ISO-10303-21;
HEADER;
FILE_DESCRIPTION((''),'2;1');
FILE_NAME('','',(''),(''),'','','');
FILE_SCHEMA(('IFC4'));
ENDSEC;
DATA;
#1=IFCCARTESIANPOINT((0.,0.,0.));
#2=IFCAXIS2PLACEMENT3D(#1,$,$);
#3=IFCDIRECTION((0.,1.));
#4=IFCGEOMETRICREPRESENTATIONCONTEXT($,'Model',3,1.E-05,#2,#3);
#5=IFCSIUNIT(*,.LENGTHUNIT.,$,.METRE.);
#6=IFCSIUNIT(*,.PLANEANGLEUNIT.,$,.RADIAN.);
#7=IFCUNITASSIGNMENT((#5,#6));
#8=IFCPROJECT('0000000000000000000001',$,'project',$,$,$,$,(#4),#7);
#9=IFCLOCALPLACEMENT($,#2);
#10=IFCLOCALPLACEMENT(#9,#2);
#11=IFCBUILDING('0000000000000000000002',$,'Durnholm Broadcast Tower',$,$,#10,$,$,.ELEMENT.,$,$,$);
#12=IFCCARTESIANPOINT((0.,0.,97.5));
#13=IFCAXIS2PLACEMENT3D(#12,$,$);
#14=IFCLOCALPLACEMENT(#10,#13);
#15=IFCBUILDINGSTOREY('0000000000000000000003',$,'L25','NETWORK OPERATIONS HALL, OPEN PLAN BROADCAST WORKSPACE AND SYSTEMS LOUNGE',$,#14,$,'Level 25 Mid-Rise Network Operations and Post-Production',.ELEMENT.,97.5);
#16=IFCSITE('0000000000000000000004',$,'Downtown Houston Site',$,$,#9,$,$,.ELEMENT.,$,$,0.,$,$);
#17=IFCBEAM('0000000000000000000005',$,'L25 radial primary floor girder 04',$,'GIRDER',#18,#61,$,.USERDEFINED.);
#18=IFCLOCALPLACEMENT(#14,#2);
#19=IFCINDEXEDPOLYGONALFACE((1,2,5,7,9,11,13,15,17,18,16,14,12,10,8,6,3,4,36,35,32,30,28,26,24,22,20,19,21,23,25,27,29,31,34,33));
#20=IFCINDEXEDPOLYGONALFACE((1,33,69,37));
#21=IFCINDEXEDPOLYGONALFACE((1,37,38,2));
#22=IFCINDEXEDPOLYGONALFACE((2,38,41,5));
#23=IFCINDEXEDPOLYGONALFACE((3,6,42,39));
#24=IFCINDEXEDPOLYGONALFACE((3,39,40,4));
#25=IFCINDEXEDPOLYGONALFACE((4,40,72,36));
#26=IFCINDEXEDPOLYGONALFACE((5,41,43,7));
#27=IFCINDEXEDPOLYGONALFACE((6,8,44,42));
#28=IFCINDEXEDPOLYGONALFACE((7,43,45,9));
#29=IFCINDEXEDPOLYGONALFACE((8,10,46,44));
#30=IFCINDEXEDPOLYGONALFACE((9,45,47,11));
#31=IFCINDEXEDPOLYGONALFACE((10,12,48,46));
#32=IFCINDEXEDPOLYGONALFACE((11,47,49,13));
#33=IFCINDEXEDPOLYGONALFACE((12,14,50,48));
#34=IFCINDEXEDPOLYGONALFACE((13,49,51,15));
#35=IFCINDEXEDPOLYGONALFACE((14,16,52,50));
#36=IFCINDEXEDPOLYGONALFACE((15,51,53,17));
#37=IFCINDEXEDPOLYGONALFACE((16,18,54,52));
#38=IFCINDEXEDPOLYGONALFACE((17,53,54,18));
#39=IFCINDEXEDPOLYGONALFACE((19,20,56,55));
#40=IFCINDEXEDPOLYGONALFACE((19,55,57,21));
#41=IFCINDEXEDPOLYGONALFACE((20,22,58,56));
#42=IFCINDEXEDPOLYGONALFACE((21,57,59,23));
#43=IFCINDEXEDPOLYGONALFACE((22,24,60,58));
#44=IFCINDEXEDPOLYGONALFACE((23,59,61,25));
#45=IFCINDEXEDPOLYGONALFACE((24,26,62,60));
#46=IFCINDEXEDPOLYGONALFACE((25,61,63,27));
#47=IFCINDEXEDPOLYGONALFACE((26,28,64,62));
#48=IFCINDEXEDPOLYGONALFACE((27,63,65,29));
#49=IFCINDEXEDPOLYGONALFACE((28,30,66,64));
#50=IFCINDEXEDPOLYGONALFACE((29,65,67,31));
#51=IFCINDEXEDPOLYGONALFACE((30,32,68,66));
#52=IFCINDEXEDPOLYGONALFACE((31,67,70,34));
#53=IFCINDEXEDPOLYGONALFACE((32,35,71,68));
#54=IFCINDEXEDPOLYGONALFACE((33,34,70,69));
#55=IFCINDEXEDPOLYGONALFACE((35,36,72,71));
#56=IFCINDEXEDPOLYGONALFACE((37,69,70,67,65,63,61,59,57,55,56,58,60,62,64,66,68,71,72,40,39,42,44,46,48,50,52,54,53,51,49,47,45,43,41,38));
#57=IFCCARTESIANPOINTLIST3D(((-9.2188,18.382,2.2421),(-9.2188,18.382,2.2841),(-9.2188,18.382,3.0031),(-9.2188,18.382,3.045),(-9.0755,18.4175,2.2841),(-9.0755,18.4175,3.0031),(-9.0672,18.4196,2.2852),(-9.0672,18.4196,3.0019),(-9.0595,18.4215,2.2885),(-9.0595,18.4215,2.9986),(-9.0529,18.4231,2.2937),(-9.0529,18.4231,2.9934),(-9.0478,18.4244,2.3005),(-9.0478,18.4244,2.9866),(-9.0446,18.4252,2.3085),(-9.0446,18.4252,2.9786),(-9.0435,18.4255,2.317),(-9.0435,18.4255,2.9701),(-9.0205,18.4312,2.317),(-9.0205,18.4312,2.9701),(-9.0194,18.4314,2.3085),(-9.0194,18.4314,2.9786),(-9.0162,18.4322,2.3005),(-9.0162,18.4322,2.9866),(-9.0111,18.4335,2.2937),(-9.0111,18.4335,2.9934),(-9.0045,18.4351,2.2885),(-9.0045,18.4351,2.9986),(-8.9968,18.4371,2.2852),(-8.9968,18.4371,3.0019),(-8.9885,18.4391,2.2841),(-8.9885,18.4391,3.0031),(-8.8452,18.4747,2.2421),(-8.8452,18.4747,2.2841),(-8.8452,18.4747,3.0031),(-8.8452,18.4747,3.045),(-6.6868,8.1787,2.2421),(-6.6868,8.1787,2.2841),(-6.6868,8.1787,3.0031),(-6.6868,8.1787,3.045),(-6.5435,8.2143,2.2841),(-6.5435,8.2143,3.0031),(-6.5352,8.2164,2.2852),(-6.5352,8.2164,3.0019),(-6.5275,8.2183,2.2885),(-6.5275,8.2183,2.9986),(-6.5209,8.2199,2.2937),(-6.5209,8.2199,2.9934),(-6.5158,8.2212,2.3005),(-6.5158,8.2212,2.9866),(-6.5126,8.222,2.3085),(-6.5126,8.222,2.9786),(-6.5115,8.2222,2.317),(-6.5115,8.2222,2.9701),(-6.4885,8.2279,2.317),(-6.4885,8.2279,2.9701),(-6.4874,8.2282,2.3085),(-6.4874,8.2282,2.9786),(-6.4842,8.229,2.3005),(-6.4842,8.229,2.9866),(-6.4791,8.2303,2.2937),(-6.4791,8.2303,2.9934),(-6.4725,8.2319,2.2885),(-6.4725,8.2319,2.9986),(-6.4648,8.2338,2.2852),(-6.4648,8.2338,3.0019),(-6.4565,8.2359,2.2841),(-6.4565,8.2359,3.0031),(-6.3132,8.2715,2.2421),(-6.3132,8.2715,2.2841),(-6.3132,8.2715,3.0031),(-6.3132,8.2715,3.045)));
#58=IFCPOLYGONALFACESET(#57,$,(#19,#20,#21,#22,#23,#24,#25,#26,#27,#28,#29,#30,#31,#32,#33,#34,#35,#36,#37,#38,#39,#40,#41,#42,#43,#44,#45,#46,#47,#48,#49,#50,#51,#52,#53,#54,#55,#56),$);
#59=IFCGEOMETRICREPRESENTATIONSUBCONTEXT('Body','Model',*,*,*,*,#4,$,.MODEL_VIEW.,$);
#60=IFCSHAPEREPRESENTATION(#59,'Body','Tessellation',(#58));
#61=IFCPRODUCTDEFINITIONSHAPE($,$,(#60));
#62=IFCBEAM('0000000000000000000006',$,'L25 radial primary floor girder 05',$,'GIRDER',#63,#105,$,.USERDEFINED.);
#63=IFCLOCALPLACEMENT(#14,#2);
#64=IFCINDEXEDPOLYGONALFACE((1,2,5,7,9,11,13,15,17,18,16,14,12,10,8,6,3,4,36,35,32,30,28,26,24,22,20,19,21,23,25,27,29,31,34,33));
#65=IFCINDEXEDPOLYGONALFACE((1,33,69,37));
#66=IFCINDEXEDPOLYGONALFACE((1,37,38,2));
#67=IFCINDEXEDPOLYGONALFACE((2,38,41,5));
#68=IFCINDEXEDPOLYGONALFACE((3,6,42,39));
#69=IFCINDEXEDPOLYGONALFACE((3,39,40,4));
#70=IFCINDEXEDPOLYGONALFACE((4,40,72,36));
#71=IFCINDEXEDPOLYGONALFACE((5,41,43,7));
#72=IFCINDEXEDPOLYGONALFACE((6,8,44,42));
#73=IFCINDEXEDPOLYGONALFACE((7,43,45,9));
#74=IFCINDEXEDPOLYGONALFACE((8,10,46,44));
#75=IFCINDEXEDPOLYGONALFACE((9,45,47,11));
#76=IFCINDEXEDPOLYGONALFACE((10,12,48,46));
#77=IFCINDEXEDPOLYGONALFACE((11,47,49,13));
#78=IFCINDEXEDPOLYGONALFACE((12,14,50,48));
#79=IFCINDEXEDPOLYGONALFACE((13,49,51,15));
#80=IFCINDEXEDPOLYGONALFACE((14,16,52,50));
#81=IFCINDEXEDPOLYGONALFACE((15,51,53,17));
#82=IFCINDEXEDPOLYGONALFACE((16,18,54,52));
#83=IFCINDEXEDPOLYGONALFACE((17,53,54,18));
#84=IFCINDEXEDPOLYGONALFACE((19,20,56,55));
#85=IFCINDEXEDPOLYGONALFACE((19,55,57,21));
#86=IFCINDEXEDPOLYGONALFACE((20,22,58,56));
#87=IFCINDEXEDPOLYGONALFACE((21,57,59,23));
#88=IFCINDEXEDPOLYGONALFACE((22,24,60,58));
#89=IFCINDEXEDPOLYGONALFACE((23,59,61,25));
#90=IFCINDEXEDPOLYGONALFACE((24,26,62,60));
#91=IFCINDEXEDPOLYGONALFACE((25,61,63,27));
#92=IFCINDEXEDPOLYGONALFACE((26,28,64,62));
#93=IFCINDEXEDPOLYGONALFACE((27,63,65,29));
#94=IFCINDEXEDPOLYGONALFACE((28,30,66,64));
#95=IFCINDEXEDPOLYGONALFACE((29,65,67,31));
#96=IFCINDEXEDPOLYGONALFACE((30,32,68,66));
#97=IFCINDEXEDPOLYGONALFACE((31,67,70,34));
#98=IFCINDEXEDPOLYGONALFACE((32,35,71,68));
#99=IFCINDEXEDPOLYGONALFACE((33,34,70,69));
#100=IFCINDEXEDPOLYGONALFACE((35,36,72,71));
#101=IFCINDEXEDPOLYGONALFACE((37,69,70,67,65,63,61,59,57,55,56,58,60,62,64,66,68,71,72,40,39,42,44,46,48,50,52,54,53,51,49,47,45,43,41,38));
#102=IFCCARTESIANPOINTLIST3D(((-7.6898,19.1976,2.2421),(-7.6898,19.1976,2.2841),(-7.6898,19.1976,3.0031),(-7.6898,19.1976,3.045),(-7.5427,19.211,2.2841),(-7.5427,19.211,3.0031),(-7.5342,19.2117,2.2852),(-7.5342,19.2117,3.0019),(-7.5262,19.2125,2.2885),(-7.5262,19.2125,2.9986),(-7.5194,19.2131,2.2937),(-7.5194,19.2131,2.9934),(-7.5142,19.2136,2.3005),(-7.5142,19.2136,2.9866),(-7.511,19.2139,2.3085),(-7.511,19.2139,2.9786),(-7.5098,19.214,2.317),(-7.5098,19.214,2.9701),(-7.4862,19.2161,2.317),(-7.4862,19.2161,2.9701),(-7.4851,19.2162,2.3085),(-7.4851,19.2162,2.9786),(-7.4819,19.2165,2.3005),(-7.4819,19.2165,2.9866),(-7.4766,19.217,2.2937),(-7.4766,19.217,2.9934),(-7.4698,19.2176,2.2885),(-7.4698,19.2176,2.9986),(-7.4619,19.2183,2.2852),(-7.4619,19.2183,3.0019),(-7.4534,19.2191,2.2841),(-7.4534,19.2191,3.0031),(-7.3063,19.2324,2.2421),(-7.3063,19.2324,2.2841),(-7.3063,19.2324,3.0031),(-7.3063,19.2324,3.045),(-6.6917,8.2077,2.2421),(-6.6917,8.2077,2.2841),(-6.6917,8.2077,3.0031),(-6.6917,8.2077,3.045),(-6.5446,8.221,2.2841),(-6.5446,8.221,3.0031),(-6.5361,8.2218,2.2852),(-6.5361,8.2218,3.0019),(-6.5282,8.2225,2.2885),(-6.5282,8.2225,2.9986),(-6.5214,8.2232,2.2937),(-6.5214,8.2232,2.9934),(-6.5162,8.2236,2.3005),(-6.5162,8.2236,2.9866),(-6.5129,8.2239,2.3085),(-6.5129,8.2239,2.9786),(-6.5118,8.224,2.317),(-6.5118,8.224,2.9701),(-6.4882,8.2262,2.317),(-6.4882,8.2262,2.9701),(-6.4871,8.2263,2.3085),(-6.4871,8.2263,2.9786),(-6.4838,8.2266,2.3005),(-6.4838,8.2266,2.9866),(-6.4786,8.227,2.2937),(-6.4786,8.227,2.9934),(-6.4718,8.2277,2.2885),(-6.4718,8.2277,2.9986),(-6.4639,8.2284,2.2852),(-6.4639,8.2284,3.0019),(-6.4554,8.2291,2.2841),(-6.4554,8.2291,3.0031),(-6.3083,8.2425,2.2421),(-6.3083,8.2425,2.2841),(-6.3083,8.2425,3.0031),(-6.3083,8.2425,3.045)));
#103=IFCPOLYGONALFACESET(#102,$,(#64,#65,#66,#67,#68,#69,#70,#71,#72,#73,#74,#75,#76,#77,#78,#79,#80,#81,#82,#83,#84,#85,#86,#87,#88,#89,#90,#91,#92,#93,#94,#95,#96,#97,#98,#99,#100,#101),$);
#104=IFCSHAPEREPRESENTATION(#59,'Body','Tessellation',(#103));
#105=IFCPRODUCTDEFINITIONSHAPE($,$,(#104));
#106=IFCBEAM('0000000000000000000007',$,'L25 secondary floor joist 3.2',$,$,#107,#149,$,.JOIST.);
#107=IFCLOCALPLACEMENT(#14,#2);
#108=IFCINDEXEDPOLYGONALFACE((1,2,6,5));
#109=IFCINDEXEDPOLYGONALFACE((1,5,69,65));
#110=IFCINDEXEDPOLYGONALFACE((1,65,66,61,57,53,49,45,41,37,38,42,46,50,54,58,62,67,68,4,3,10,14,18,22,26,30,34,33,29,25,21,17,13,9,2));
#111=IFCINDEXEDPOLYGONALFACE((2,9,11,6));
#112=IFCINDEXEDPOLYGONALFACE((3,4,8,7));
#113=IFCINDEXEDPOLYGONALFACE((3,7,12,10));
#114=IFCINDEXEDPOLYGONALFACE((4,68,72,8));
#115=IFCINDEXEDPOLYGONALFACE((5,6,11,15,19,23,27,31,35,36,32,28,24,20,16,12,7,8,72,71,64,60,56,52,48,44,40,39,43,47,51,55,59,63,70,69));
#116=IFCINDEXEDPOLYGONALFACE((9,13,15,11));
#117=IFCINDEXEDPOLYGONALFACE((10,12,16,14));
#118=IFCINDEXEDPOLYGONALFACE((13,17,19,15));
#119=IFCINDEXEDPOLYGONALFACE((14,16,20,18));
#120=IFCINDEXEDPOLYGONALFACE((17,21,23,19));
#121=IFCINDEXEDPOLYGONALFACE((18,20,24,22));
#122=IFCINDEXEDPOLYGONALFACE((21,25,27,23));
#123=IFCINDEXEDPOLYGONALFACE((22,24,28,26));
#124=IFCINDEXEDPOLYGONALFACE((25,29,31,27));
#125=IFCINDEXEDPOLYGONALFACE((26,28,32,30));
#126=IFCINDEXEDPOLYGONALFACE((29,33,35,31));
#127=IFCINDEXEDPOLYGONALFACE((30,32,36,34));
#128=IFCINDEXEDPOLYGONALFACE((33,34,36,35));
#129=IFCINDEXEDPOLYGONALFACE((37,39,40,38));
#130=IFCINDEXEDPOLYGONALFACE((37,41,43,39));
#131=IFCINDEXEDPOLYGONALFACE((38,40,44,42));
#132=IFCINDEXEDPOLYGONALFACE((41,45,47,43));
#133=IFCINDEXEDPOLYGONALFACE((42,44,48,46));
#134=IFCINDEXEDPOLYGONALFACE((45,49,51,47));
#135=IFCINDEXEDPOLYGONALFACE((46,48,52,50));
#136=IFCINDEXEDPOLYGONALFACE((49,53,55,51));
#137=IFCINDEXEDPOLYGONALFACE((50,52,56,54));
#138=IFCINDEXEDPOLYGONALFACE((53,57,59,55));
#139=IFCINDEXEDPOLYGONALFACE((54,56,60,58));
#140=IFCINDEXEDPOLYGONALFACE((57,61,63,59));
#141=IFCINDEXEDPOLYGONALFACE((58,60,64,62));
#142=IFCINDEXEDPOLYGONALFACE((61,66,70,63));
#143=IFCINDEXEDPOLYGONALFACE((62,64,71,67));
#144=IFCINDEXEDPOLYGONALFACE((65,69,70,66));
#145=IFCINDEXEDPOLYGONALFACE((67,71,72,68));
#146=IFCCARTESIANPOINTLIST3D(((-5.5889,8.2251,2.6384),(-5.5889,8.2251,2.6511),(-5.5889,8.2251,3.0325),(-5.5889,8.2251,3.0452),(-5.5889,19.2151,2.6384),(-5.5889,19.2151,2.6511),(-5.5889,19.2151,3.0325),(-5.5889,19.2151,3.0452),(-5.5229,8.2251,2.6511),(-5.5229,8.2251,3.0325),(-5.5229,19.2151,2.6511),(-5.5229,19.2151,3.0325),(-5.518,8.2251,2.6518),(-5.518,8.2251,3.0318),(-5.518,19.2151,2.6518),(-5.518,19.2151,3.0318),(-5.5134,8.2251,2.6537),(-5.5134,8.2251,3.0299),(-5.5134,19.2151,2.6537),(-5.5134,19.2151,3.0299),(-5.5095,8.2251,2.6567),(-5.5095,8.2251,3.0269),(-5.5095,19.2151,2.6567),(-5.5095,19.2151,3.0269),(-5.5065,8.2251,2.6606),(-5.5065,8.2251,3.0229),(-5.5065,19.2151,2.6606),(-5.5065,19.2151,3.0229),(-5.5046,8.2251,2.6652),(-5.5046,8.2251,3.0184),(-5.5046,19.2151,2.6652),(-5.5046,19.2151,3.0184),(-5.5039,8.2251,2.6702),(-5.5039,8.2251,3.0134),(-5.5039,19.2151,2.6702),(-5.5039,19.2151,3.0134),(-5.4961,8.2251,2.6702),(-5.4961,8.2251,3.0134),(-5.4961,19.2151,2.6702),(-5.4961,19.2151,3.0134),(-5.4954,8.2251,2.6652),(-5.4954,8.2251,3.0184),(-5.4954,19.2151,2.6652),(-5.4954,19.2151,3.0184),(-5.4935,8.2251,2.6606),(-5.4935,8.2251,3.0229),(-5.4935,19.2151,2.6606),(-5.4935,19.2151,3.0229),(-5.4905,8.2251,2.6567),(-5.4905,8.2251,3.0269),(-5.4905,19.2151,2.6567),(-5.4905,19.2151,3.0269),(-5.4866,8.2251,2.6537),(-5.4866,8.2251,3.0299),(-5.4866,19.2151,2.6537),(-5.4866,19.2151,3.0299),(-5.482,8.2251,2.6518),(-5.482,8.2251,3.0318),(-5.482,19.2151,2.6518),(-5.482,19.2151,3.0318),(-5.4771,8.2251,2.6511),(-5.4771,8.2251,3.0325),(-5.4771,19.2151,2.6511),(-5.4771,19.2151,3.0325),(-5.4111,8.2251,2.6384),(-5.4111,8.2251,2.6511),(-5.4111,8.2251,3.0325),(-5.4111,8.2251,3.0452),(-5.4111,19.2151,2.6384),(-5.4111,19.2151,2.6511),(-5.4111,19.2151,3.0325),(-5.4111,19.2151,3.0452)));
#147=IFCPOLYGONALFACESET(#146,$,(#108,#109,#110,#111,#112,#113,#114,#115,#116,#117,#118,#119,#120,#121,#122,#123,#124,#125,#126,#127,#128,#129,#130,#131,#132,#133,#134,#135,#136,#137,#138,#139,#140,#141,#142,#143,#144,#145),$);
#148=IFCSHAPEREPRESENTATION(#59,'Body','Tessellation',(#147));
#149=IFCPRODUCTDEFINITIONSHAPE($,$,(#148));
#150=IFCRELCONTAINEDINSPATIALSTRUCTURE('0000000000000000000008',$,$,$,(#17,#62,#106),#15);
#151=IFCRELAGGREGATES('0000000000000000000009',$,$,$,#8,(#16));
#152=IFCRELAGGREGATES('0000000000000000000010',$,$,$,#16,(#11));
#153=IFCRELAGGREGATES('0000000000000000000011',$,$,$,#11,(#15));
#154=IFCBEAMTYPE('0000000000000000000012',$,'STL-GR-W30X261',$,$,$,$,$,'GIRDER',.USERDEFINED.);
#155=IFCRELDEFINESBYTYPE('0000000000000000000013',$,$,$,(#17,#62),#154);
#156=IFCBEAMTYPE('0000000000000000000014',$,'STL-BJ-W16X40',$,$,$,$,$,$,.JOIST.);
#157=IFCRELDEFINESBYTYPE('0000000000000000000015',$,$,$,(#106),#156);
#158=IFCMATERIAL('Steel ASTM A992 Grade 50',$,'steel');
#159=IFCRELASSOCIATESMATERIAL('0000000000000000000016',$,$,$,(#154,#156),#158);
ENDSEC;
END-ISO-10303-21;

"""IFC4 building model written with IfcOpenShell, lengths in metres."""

from ifc_helpers import new_model, si_unit, direction, frame, origin, origin_2d, place, context, subcontext, project, spatial, i_section, extrude, source, transform, mapped, material, material_profile, profile_set, type_object, type_shapes, element, save


model = new_model("IFC4")

# Units and contexts
model_context = context("Model", 3, precision=1e-05, world=origin(), true_north=direction((0.0, 1.0)))
body_context = subcontext(model_context, "Body", "Model", "MODEL_VIEW")
ifc_project = project(units=[si_unit("LENGTHUNIT", "METRE"), si_unit("PLANEANGLEUNIT", "RADIAN")], contexts=[model_context])

# Site, building, storey
site_placement = place(None, origin())
site = spatial("IfcSite", under=ifc_project, at=site_placement, Name="Downtown Houston Site", CompositionType="ELEMENT", RefElevation=0.0)
building_placement = place(site_placement, origin())
building = spatial("IfcBuilding", under=site, at=building_placement, Name="Durnholm Broadcast Tower", CompositionType="ELEMENT")
storey_placement = place(building_placement, frame((0.0, 0.0, 97.5)))
storey = spatial("IfcBuildingStorey", under=building, at=storey_placement, Name="L25", Description="NETWORK OPERATIONS HALL, OPEN PLAN BROADCAST WORKSPACE AND SYSTEMS LOUNGE", LongName="Level 25 Mid-Rise Network Operations and Post-Production", CompositionType="ELEMENT", Elevation=97.5)

# Beams
ifc_material_1 = material(Name="Steel ASTM A992 Grade 50", Category="steel")
ifc_material_profile_1 = material_profile(ifc_material_1, i_section(OverallWidth=0.385, OverallDepth=0.803, WebThickness=0.0237, FlangeThickness=0.042, FilletRadius=0.033, at=origin_2d()), Name="W30X261")
ifc_profile_set_1 = profile_set([ifc_material_profile_1], Name="Steel ASTM A992 Grade 50")
beam_type_1 = type_object("IfcBeamType", Name="STL-GR-W30X261", ElementType="GIRDER", PredefinedType="USERDEFINED", material=ifc_profile_set_1)
shared_shape_1 = source(origin(), body_context, "Body", "SweptSolid", [
    extrude(i_section(OverallWidth=0.385, OverallDepth=0.803, WebThickness=0.0237, FlangeThickness=0.042, FilletRadius=0.033, at=origin_2d()), origin(), (0.0, 0.0, 1.0), 10.5127),
])
beam_1_placement = place(storey_placement, frame((-6.5, 8.2251, 2.6436), z_axis=(-0.240852, 0.970562, 0.0), x_axis=(-0.970562, -0.240852, 0.0)))
element("IfcBeam", 1, at=beam_1_placement, inside=storey, type_object=beam_type_1, Name="L25 radial primary floor girder 04", ObjectType="GIRDER", PredefinedType="USERDEFINED", context=body_context, shape_type="MappedRepresentation", body=[
    mapped(shared_shape_1, transform((0.0, 0.0, 0.0), x_axis=(1.0, 0.0, 0.0), y_axis=(0.0, 1.0, 0.0), z_axis=(0.0, 0.0, 1.0), scale=1.0)),
])
shared_shape_2 = source(origin(), body_context, "Body", "SweptSolid", [
    extrude(i_section(OverallWidth=0.385, OverallDepth=0.803, WebThickness=0.0237, FlangeThickness=0.042, FilletRadius=0.033, at=origin_2d()), origin(), (0.0, 0.0, 1.0), 11.0352),
])
type_shapes(beam_type_1, [shared_shape_1, shared_shape_2])
beam_2_placement = place(storey_placement, frame((-6.5, 8.2251, 2.6436), z_axis=(-0.090442, 0.995902, 0.0), x_axis=(-0.995902, -0.090442, 0.0)))
element("IfcBeam", 2, at=beam_2_placement, inside=storey, type_object=beam_type_1, Name="L25 radial primary floor girder 05", ObjectType="GIRDER", PredefinedType="USERDEFINED", context=body_context, shape_type="MappedRepresentation", body=[
    mapped(shared_shape_2, transform((0.0, 0.0, 0.0), x_axis=(1.0, 0.0, 0.0), y_axis=(0.0, 1.0, 0.0), z_axis=(0.0, 0.0, 1.0), scale=1.0)),
])
ifc_material_profile_2 = material_profile(ifc_material_1, i_section(OverallWidth=0.1777, OverallDepth=0.4067, WebThickness=0.0078, FlangeThickness=0.0127, FilletRadius=0.019, at=origin_2d()), Name="W16X40")
ifc_profile_set_2 = profile_set([ifc_material_profile_2], Name="Steel ASTM A992 Grade 50")
beam_type_2 = type_object("IfcBeamType", Name="STL-BJ-W16X40", PredefinedType="JOIST", material=ifc_profile_set_2)
shared_shape_3 = source(origin(), body_context, "Body", "SweptSolid", [
    extrude(i_section(OverallWidth=0.1777, OverallDepth=0.4067, WebThickness=0.0078, FlangeThickness=0.0127, FilletRadius=0.019, at=origin_2d()), origin(), (0.0, 0.0, 1.0), 10.99),
])
type_shapes(beam_type_2, [shared_shape_3])
beam_3_placement = place(storey_placement, frame((-5.5, 8.2251, 2.8418), z_axis=(0.0, 1.0, 0.0), x_axis=(-1.0, 0.0, 0.0)))
element("IfcBeam", 3, at=beam_3_placement, inside=storey, type_object=beam_type_2, Name="L25 secondary floor joist 3.2", PredefinedType="JOIST", context=body_context, shape_type="MappedRepresentation", body=[
    mapped(shared_shape_3, transform((0.0, 0.0, 0.0), x_axis=(1.0, 0.0, 0.0), y_axis=(0.0, 1.0, 0.0), z_axis=(0.0, 0.0, 1.0), scale=1.0)),
])

save(model, "model.ifc")
